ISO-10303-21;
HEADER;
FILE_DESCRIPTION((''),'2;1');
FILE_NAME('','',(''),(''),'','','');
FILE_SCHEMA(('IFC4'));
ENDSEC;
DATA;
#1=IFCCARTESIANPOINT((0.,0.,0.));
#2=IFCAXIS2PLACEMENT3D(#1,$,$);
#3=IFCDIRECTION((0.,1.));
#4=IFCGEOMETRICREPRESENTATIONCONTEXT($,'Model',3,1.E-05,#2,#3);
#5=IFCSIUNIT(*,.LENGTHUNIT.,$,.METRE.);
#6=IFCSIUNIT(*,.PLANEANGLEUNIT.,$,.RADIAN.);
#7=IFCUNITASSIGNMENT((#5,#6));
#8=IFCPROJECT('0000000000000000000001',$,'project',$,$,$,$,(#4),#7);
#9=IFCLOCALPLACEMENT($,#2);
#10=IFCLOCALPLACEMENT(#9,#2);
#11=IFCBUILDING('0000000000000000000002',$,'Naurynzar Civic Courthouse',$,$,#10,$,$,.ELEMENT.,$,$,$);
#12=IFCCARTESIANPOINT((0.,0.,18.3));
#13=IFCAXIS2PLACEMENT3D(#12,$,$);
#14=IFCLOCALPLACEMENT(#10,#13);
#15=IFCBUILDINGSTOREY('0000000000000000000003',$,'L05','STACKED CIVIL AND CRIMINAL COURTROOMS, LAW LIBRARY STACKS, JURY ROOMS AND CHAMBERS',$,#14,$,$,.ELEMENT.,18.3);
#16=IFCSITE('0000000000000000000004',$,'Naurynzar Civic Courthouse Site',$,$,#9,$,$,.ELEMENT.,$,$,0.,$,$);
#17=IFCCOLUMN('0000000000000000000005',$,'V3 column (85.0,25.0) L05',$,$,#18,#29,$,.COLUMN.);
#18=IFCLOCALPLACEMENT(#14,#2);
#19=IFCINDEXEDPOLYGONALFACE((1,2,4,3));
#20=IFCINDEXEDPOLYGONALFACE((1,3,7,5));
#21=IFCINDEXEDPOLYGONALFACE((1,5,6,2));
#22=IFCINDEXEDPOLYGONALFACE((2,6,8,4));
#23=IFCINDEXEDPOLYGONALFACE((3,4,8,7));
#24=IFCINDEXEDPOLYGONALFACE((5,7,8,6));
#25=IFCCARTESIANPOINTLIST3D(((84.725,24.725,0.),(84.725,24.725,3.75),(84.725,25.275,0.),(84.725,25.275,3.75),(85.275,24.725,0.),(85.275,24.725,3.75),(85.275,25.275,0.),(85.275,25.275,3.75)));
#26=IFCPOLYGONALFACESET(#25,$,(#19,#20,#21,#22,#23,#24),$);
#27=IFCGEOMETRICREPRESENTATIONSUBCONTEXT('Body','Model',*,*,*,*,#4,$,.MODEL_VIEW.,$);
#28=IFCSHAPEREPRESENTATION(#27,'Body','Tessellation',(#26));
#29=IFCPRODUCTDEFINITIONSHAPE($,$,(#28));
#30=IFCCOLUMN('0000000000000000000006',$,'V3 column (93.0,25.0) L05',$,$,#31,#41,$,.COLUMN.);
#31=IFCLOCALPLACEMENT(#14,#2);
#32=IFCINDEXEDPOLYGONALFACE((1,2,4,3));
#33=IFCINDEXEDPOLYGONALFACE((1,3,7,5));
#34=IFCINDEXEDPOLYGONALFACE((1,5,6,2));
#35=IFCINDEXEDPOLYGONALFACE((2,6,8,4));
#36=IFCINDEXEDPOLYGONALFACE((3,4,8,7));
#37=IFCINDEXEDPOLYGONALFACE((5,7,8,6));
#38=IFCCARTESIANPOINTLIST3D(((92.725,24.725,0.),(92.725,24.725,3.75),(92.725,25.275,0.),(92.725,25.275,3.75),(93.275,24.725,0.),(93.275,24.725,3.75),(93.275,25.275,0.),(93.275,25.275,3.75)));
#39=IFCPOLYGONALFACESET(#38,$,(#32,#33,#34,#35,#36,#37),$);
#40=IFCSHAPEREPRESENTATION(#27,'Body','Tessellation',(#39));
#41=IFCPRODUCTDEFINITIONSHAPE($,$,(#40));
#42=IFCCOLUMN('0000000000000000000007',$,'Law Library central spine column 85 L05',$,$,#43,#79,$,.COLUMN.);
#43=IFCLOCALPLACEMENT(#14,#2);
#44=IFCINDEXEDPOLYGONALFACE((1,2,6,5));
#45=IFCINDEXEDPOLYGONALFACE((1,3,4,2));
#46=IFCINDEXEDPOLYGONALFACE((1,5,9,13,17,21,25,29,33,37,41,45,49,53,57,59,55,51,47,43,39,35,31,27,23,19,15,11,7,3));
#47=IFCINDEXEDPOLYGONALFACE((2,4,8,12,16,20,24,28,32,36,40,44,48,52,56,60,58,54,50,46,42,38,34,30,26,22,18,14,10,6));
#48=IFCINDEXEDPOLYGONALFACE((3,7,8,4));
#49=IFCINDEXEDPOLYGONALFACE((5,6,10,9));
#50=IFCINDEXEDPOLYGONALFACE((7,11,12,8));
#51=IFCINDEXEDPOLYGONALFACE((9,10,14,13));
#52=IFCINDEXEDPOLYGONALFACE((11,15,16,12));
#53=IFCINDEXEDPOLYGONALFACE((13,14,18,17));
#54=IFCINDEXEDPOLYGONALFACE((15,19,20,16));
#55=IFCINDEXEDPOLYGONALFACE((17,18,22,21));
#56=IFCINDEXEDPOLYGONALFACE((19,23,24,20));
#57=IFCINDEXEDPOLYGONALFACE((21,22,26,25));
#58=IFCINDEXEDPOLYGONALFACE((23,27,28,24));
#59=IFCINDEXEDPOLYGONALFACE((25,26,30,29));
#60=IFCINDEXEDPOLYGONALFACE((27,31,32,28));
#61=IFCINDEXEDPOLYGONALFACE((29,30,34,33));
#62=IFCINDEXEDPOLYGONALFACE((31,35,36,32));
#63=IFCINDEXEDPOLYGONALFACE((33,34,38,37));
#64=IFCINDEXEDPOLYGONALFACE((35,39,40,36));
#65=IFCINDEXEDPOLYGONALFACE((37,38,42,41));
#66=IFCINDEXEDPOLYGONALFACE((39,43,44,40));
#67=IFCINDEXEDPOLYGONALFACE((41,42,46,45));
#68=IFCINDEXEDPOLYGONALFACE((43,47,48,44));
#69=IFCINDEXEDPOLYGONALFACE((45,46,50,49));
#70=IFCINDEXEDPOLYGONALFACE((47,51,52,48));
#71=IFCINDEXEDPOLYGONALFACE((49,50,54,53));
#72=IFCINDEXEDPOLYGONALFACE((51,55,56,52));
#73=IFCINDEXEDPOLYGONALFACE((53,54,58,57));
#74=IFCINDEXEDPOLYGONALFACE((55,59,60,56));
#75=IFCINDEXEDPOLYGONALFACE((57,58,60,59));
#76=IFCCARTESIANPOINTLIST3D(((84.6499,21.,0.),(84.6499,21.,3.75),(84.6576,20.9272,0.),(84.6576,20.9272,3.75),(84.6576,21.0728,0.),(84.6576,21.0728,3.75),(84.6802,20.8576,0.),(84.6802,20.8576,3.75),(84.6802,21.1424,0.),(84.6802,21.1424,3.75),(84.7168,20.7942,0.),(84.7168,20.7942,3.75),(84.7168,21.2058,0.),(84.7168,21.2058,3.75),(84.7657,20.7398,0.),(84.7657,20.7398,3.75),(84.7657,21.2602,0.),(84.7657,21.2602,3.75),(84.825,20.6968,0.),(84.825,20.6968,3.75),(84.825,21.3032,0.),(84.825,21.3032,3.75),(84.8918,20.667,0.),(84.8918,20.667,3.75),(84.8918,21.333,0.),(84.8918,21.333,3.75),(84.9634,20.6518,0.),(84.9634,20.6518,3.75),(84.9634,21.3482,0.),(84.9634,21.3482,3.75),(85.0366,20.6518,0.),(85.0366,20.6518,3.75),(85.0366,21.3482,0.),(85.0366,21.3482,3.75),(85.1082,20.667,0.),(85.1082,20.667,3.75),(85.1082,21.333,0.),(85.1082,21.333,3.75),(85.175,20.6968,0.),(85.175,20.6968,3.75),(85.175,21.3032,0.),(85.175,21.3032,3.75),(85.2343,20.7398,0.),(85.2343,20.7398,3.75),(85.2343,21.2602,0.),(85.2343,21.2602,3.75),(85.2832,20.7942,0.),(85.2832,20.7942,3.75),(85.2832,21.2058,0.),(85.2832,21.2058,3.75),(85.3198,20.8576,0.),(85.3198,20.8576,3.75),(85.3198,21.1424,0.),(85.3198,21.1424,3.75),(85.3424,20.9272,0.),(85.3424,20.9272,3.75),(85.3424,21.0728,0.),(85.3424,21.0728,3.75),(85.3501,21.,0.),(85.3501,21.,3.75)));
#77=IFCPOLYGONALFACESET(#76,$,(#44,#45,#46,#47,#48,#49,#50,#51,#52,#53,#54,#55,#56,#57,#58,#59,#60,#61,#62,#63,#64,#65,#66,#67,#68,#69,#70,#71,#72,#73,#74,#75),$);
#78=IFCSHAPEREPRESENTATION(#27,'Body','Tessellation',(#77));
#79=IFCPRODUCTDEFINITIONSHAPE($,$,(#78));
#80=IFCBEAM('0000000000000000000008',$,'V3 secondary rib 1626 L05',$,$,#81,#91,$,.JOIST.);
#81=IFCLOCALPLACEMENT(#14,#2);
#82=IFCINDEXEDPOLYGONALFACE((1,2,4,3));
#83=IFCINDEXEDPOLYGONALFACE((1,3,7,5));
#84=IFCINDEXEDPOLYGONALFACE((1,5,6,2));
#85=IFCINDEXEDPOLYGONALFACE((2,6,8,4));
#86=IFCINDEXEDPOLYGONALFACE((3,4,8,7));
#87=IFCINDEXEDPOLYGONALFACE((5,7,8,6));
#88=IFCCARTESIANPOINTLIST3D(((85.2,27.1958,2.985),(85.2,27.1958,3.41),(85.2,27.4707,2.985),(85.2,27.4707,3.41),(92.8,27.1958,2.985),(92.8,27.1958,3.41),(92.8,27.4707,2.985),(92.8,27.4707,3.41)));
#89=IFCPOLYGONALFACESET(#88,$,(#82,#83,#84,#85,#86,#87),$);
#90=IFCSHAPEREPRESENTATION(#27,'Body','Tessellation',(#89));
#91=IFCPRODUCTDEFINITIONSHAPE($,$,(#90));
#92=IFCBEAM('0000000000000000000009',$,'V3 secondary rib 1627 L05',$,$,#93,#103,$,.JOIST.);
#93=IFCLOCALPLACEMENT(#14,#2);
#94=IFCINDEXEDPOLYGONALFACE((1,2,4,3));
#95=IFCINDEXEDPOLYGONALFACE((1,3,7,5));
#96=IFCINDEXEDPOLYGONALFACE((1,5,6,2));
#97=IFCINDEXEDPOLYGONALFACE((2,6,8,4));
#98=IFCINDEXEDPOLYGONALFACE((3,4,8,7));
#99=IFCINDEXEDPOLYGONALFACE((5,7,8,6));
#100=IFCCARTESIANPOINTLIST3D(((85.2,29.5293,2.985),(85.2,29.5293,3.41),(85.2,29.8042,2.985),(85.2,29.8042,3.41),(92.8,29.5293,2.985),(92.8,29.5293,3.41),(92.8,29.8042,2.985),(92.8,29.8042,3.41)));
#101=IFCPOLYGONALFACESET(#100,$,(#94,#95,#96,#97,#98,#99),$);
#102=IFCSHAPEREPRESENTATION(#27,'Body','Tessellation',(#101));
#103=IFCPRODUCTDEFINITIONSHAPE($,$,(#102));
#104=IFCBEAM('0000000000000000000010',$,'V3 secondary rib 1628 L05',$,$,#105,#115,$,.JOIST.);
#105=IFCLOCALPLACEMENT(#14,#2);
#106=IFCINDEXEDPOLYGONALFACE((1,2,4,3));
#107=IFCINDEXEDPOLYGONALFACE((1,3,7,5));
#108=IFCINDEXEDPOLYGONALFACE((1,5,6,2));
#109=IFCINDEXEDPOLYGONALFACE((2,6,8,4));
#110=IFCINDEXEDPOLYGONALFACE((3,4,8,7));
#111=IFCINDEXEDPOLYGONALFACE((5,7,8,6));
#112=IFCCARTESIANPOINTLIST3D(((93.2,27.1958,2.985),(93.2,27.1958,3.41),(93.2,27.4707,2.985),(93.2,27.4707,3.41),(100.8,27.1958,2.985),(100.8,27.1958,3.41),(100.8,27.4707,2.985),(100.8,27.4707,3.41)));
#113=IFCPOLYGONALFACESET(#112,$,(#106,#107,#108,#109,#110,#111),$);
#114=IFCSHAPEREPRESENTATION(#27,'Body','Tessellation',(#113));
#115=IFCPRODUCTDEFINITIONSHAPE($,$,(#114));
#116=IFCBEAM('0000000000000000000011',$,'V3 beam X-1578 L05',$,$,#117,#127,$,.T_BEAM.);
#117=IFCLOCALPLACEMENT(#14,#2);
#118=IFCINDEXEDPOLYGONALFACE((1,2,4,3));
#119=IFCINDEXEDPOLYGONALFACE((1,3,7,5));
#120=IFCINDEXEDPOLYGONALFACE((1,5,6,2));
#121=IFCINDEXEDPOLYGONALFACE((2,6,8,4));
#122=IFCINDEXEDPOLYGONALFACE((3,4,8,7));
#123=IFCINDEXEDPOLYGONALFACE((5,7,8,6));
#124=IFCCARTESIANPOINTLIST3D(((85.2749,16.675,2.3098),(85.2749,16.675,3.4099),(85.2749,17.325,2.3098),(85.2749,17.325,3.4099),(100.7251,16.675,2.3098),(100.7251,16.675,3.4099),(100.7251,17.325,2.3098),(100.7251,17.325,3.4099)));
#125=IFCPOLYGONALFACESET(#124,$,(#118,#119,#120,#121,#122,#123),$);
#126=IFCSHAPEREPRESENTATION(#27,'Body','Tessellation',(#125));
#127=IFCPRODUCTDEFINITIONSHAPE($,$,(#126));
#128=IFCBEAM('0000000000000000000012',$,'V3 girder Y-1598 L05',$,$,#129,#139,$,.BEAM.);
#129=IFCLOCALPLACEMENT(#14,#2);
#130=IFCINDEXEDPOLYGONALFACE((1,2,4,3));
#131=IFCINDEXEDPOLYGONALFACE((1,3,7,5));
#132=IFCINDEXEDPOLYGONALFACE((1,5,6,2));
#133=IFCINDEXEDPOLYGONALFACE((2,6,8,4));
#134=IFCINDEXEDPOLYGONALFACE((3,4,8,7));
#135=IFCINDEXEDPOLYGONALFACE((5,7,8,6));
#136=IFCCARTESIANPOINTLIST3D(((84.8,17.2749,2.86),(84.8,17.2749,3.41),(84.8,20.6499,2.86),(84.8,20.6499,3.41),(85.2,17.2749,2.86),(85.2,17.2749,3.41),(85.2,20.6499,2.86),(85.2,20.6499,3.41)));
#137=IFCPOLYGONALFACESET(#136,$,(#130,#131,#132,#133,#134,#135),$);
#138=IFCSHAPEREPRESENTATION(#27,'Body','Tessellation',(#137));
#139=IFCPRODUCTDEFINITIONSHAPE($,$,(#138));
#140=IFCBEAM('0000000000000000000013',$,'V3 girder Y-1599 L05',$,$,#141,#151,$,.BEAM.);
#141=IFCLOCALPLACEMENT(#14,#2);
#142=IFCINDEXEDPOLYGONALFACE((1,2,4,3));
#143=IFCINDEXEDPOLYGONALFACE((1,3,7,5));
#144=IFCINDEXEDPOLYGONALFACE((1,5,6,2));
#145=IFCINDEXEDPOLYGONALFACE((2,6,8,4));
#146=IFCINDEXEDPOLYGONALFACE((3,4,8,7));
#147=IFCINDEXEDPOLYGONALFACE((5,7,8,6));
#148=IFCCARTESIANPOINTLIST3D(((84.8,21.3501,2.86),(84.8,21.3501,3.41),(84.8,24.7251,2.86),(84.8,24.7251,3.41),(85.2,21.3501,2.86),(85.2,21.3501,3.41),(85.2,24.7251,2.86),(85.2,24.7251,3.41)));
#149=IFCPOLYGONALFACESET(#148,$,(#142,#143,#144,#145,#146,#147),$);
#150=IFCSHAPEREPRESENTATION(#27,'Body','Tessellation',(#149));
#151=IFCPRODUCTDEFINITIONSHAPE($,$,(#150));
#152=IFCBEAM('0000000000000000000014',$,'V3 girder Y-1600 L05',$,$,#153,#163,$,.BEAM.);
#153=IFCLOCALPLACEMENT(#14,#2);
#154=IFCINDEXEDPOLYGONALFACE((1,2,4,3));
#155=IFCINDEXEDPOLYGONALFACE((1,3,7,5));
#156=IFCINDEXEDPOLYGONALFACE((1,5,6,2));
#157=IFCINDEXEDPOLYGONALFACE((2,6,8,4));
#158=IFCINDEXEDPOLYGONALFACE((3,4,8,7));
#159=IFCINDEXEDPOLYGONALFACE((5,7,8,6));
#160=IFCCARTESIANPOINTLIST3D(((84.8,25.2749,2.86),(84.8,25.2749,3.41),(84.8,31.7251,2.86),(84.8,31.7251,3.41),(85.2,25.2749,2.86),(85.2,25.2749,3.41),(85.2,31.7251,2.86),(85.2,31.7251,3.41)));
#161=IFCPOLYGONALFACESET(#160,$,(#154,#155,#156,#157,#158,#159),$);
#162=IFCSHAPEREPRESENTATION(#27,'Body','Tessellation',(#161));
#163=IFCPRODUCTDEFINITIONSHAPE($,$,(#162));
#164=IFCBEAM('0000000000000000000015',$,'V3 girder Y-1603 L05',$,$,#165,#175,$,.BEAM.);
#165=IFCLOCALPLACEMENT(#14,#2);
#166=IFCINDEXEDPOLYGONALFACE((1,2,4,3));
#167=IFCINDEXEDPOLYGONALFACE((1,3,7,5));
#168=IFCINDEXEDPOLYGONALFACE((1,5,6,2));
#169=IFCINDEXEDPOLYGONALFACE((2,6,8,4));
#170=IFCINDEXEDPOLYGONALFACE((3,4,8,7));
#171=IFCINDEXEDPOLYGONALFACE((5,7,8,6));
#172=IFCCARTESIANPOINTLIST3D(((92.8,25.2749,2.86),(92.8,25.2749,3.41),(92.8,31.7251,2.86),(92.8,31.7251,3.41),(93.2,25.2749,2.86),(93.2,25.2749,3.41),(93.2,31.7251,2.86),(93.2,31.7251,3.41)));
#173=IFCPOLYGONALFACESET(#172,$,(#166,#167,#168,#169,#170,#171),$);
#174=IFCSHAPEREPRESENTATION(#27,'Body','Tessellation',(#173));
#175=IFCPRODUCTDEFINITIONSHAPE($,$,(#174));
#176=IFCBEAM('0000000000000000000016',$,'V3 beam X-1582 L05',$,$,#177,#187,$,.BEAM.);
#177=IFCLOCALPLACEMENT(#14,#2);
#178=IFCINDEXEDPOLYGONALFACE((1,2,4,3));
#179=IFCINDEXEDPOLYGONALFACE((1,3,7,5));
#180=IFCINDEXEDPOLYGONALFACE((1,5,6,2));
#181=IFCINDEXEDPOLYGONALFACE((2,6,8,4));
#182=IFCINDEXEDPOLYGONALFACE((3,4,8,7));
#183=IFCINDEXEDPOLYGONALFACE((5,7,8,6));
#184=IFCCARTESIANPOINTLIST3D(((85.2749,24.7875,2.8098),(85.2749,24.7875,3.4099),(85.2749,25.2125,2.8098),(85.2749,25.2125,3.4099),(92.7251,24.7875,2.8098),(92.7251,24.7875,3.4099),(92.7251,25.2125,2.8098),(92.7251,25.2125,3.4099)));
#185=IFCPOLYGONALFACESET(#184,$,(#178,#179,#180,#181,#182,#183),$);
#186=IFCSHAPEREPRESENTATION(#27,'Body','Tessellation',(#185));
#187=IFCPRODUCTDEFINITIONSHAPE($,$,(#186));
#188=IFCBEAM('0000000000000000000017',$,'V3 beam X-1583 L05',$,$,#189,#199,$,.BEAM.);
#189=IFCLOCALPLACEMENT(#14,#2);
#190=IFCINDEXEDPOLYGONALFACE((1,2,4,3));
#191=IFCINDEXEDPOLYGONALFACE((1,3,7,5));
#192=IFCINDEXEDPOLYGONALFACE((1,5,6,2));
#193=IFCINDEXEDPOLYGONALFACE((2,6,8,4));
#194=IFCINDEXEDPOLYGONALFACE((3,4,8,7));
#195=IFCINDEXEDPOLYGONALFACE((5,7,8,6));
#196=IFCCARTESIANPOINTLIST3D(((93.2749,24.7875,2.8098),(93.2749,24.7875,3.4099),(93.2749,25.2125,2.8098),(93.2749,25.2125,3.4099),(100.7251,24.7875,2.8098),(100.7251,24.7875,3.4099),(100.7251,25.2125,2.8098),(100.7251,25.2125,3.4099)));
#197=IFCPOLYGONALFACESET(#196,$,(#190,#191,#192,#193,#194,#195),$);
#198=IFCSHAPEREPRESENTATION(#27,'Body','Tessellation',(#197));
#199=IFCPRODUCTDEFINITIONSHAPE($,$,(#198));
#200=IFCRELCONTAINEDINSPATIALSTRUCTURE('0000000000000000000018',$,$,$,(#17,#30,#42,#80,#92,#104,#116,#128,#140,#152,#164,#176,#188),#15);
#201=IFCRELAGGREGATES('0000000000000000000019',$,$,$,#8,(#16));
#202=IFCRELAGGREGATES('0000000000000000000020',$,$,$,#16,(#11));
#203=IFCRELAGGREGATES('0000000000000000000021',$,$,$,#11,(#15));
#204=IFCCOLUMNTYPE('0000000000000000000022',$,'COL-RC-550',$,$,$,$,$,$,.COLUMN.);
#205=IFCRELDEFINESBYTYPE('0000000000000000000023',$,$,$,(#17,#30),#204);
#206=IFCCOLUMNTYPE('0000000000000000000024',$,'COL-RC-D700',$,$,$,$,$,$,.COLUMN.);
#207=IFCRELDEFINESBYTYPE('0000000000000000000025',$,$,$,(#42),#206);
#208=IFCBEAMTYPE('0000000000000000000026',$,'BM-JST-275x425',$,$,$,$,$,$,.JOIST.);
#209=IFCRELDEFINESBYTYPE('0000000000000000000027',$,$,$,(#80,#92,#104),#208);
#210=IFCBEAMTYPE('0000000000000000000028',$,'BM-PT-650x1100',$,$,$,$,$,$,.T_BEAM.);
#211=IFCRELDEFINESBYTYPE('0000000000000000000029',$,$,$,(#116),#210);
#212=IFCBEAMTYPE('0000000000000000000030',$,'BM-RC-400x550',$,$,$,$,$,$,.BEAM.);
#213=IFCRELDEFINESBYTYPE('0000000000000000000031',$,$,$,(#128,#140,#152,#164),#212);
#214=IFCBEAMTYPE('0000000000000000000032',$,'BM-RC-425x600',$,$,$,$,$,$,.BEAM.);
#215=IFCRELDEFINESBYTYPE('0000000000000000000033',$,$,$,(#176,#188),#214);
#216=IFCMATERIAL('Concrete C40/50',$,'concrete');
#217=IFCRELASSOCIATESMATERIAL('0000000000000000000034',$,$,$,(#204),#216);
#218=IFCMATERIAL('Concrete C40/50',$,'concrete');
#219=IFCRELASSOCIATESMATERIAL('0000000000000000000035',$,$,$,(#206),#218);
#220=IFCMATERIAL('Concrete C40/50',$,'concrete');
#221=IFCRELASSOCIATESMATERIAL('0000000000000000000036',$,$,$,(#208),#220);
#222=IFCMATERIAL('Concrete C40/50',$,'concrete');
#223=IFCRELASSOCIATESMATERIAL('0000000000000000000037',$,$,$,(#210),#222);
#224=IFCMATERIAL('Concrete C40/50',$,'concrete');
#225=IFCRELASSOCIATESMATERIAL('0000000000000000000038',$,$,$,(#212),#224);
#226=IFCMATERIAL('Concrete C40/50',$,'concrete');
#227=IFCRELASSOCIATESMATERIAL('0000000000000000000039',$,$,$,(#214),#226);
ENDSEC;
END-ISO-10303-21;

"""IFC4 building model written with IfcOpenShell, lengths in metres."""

from ifc_helpers import new_model, si_unit, direction, frame, origin, origin_2d, place, context, subcontext, project, spatial, rectangle, circle, extrude, material, material_profile, profile_set, type_object, element, save


model = new_model("IFC4")

# Units and contexts
model_context = context("Model", 3, precision=1e-05, world=origin(), true_north=direction((0.0, 1.0)))
body_context = subcontext(model_context, "Body", "Model", "MODEL_VIEW")
ifc_project = project(units=[si_unit("LENGTHUNIT", "METRE"), si_unit("PLANEANGLEUNIT", "RADIAN")], contexts=[model_context])

# Site, building, storey
site_placement = place(None, origin())
site = spatial("IfcSite", under=ifc_project, at=site_placement, Name="Naurynzar Civic Courthouse Site", CompositionType="ELEMENT", RefElevation=0.0)
building_placement = place(site_placement, origin())
building = spatial("IfcBuilding", under=site, at=building_placement, Name="Naurynzar Civic Courthouse", CompositionType="ELEMENT")
storey_placement = place(building_placement, frame((0.0, 0.0, 18.3)))
storey = spatial("IfcBuildingStorey", under=building, at=storey_placement, Name="L05", Description="STACKED CIVIL AND CRIMINAL COURTROOMS, LAW LIBRARY STACKS, JURY ROOMS AND CHAMBERS", CompositionType="ELEMENT", Elevation=18.3)

# Columns
ifc_material_1 = material(Name="Concrete C40/50", Category="concrete")
ifc_material_profile_1 = material_profile(ifc_material_1, rectangle(XDim=0.55, YDim=0.55, at=origin_2d()), Name="RC 550x550")
ifc_profile_set_1 = profile_set([ifc_material_profile_1], Name="Concrete C40/50")
column_type_1 = type_object("IfcColumnType", Name="COL-RC-550", PredefinedType="COLUMN", material=ifc_profile_set_1)
for number, where, z_axis, x_axis, name in (
    (1, (85.0, 25.0, 0.0), (0.0, 0.0, 1.0), (1.0, 0.0, 0.0), "V3 column (85.0,25.0) L05"),
    (2, (93.0, 25.0, 0.0), (0.0, 0.0, 1.0), (1.0, 0.0, 0.0), "V3 column (93.0,25.0) L05"),
):
    element("IfcColumn", number, at=place(storey_placement, frame(where, z_axis=z_axis, x_axis=x_axis)), inside=storey, type_object=column_type_1, Name=name, PredefinedType="COLUMN", context=body_context, shape_type="SweptSolid", body=[
        extrude(rectangle(XDim=0.55, YDim=0.55, at=origin_2d()), origin(), (0.0, 0.0, 1.0), 3.75),
    ])
ifc_material_2 = material(Name="Concrete C40/50", Category="concrete")
ifc_material_profile_2 = material_profile(ifc_material_2, circle(Radius=0.3501, at=origin_2d()), Name="RC D700")
ifc_profile_set_2 = profile_set([ifc_material_profile_2], Name="Concrete C40/50")
column_type_2 = type_object("IfcColumnType", Name="COL-RC-D700", PredefinedType="COLUMN", material=ifc_profile_set_2)
column_placement = place(storey_placement, frame((85.0, 21.0, 0.0), z_axis=(0.0, 0.0, 1.0), x_axis=(1.0, 0.0, 0.0)))
element("IfcColumn", 3, at=column_placement, inside=storey, type_object=column_type_2, Name="Law Library central spine column 85 L05", PredefinedType="COLUMN", context=body_context, shape_type="SweptSolid", body=[
    extrude(circle(Radius=0.3501, at=origin_2d()), origin(), (0.0, 0.0, 1.0), 3.75),
])

# Beams
ifc_material_3 = material(Name="Concrete C40/50", Category="concrete")
ifc_material_profile_3 = material_profile(ifc_material_3, rectangle(XDim=0.2749, YDim=0.425, at=origin_2d()), Name="RCB 275x425")
ifc_profile_set_3 = profile_set([ifc_material_profile_3], Name="Concrete C40/50")
beam_type_1 = type_object("IfcBeamType", Name="BM-JST-275x425", PredefinedType="JOIST", material=ifc_profile_set_3)
for number, where, z_axis, x_axis, name in (
    (4, (85.2, 27.3333, 3.1975), (1.0, 0.0, 0.0), (0.0, 1.0, 0.0), "V3 secondary rib 1626 L05"),
    (5, (85.2, 29.6667, 3.1975), (1.0, 0.0, 0.0), (0.0, 1.0, 0.0), "V3 secondary rib 1627 L05"),
    (6, (93.2, 27.3333, 3.1975), (1.0, 0.0, 0.0), (0.0, 1.0, 0.0), "V3 secondary rib 1628 L05"),
):
    element("IfcBeam", number, at=place(storey_placement, frame(where, z_axis=z_axis, x_axis=x_axis)), inside=storey, type_object=beam_type_1, Name=name, PredefinedType="JOIST", context=body_context, shape_type="SweptSolid", body=[
        extrude(rectangle(XDim=0.2749, YDim=0.425, at=origin_2d()), origin(), (0.0, 0.0, 1.0), 7.6001),
    ])
ifc_material_4 = material(Name="Concrete C40/50", Category="concrete")
ifc_material_profile_4 = material_profile(ifc_material_4, rectangle(XDim=0.6499, YDim=1.1001, at=origin_2d()), Name="PTB 650x1100")
ifc_profile_set_4 = profile_set([ifc_material_profile_4], Name="Concrete C40/50")
beam_type_2 = type_object("IfcBeamType", Name="BM-PT-650x1100", PredefinedType="T_BEAM", material=ifc_profile_set_4)
beam_placement = place(storey_placement, frame((85.2749, 17.0, 2.8599), z_axis=(1.0, 0.0, 0.0), x_axis=(0.0, 1.0, 0.0)))
element("IfcBeam", 7, at=beam_placement, inside=storey, type_object=beam_type_2, Name="V3 beam X-1578 L05", PredefinedType="T_BEAM", context=body_context, shape_type="SweptSolid", body=[
    extrude(rectangle(XDim=0.6499, YDim=1.1001, at=origin_2d()), origin(), (0.0, 0.0, 1.0), 15.4502),
])
ifc_material_5 = material(Name="Concrete C40/50", Category="concrete")
ifc_material_profile_5 = material_profile(ifc_material_5, rectangle(XDim=0.3999, YDim=0.55, at=origin_2d()), Name="RCB 400x550")
ifc_profile_set_5 = profile_set([ifc_material_profile_5], Name="Concrete C40/50")
beam_type_3 = type_object("IfcBeamType", Name="BM-RC-400x550", PredefinedType="BEAM", material=ifc_profile_set_5)
for number, where, z_axis, x_axis, name in (
    (8, (85.0, 17.2749, 3.135), (0.0, 1.0, 0.0), (-1.0, 0.0, 0.0), "V3 girder Y-1598 L05"),
    (9, (85.0, 21.3501, 3.135), (0.0, 1.0, 0.0), (-1.0, 0.0, 0.0), "V3 girder Y-1599 L05"),
):
    element("IfcBeam", number, at=place(storey_placement, frame(where, z_axis=z_axis, x_axis=x_axis)), inside=storey, type_object=beam_type_3, Name=name, PredefinedType="BEAM", context=body_context, shape_type="SweptSolid", body=[
        extrude(rectangle(XDim=0.3999, YDim=0.55, at=origin_2d()), origin(), (0.0, 0.0, 1.0), 3.375),
    ])
for number, where, z_axis, x_axis, name in (
    (10, (85.0, 25.2749, 3.135), (0.0, 1.0, 0.0), (-1.0, 0.0, 0.0), "V3 girder Y-1600 L05"),
    (11, (93.0, 25.2749, 3.135), (0.0, 1.0, 0.0), (-1.0, 0.0, 0.0), "V3 girder Y-1603 L05"),
):
    element("IfcBeam", number, at=place(storey_placement, frame(where, z_axis=z_axis, x_axis=x_axis)), inside=storey, type_object=beam_type_3, Name=name, PredefinedType="BEAM", context=body_context, shape_type="SweptSolid", body=[
        extrude(rectangle(XDim=0.3999, YDim=0.55, at=origin_2d()), origin(), (0.0, 0.0, 1.0), 6.4502),
    ])
ifc_material_6 = material(Name="Concrete C40/50", Category="concrete")
ifc_material_profile_6 = material_profile(ifc_material_6, rectangle(XDim=0.425, YDim=0.6001, at=origin_2d()), Name="RCB 425x600")
ifc_profile_set_6 = profile_set([ifc_material_profile_6], Name="Concrete C40/50")
beam_type_4 = type_object("IfcBeamType", Name="BM-RC-425x600", PredefinedType="BEAM", material=ifc_profile_set_6)
for number, where, z_axis, x_axis, name in (
    (12, (85.2749, 25.0, 3.1099), (1.0, 0.0, 0.0), (0.0, 1.0, 0.0), "V3 beam X-1582 L05"),
    (13, (93.2749, 25.0, 3.1099), (1.0, 0.0, 0.0), (0.0, 1.0, 0.0), "V3 beam X-1583 L05"),
):
    element("IfcBeam", number, at=place(storey_placement, frame(where, z_axis=z_axis, x_axis=x_axis)), inside=storey, type_object=beam_type_4, Name=name, PredefinedType="BEAM", context=body_context, shape_type="SweptSolid", body=[
        extrude(rectangle(XDim=0.425, YDim=0.6001, at=origin_2d()), origin(), (0.0, 0.0, 1.0), 7.4502),
    ])

save(model, "model.ifc")
